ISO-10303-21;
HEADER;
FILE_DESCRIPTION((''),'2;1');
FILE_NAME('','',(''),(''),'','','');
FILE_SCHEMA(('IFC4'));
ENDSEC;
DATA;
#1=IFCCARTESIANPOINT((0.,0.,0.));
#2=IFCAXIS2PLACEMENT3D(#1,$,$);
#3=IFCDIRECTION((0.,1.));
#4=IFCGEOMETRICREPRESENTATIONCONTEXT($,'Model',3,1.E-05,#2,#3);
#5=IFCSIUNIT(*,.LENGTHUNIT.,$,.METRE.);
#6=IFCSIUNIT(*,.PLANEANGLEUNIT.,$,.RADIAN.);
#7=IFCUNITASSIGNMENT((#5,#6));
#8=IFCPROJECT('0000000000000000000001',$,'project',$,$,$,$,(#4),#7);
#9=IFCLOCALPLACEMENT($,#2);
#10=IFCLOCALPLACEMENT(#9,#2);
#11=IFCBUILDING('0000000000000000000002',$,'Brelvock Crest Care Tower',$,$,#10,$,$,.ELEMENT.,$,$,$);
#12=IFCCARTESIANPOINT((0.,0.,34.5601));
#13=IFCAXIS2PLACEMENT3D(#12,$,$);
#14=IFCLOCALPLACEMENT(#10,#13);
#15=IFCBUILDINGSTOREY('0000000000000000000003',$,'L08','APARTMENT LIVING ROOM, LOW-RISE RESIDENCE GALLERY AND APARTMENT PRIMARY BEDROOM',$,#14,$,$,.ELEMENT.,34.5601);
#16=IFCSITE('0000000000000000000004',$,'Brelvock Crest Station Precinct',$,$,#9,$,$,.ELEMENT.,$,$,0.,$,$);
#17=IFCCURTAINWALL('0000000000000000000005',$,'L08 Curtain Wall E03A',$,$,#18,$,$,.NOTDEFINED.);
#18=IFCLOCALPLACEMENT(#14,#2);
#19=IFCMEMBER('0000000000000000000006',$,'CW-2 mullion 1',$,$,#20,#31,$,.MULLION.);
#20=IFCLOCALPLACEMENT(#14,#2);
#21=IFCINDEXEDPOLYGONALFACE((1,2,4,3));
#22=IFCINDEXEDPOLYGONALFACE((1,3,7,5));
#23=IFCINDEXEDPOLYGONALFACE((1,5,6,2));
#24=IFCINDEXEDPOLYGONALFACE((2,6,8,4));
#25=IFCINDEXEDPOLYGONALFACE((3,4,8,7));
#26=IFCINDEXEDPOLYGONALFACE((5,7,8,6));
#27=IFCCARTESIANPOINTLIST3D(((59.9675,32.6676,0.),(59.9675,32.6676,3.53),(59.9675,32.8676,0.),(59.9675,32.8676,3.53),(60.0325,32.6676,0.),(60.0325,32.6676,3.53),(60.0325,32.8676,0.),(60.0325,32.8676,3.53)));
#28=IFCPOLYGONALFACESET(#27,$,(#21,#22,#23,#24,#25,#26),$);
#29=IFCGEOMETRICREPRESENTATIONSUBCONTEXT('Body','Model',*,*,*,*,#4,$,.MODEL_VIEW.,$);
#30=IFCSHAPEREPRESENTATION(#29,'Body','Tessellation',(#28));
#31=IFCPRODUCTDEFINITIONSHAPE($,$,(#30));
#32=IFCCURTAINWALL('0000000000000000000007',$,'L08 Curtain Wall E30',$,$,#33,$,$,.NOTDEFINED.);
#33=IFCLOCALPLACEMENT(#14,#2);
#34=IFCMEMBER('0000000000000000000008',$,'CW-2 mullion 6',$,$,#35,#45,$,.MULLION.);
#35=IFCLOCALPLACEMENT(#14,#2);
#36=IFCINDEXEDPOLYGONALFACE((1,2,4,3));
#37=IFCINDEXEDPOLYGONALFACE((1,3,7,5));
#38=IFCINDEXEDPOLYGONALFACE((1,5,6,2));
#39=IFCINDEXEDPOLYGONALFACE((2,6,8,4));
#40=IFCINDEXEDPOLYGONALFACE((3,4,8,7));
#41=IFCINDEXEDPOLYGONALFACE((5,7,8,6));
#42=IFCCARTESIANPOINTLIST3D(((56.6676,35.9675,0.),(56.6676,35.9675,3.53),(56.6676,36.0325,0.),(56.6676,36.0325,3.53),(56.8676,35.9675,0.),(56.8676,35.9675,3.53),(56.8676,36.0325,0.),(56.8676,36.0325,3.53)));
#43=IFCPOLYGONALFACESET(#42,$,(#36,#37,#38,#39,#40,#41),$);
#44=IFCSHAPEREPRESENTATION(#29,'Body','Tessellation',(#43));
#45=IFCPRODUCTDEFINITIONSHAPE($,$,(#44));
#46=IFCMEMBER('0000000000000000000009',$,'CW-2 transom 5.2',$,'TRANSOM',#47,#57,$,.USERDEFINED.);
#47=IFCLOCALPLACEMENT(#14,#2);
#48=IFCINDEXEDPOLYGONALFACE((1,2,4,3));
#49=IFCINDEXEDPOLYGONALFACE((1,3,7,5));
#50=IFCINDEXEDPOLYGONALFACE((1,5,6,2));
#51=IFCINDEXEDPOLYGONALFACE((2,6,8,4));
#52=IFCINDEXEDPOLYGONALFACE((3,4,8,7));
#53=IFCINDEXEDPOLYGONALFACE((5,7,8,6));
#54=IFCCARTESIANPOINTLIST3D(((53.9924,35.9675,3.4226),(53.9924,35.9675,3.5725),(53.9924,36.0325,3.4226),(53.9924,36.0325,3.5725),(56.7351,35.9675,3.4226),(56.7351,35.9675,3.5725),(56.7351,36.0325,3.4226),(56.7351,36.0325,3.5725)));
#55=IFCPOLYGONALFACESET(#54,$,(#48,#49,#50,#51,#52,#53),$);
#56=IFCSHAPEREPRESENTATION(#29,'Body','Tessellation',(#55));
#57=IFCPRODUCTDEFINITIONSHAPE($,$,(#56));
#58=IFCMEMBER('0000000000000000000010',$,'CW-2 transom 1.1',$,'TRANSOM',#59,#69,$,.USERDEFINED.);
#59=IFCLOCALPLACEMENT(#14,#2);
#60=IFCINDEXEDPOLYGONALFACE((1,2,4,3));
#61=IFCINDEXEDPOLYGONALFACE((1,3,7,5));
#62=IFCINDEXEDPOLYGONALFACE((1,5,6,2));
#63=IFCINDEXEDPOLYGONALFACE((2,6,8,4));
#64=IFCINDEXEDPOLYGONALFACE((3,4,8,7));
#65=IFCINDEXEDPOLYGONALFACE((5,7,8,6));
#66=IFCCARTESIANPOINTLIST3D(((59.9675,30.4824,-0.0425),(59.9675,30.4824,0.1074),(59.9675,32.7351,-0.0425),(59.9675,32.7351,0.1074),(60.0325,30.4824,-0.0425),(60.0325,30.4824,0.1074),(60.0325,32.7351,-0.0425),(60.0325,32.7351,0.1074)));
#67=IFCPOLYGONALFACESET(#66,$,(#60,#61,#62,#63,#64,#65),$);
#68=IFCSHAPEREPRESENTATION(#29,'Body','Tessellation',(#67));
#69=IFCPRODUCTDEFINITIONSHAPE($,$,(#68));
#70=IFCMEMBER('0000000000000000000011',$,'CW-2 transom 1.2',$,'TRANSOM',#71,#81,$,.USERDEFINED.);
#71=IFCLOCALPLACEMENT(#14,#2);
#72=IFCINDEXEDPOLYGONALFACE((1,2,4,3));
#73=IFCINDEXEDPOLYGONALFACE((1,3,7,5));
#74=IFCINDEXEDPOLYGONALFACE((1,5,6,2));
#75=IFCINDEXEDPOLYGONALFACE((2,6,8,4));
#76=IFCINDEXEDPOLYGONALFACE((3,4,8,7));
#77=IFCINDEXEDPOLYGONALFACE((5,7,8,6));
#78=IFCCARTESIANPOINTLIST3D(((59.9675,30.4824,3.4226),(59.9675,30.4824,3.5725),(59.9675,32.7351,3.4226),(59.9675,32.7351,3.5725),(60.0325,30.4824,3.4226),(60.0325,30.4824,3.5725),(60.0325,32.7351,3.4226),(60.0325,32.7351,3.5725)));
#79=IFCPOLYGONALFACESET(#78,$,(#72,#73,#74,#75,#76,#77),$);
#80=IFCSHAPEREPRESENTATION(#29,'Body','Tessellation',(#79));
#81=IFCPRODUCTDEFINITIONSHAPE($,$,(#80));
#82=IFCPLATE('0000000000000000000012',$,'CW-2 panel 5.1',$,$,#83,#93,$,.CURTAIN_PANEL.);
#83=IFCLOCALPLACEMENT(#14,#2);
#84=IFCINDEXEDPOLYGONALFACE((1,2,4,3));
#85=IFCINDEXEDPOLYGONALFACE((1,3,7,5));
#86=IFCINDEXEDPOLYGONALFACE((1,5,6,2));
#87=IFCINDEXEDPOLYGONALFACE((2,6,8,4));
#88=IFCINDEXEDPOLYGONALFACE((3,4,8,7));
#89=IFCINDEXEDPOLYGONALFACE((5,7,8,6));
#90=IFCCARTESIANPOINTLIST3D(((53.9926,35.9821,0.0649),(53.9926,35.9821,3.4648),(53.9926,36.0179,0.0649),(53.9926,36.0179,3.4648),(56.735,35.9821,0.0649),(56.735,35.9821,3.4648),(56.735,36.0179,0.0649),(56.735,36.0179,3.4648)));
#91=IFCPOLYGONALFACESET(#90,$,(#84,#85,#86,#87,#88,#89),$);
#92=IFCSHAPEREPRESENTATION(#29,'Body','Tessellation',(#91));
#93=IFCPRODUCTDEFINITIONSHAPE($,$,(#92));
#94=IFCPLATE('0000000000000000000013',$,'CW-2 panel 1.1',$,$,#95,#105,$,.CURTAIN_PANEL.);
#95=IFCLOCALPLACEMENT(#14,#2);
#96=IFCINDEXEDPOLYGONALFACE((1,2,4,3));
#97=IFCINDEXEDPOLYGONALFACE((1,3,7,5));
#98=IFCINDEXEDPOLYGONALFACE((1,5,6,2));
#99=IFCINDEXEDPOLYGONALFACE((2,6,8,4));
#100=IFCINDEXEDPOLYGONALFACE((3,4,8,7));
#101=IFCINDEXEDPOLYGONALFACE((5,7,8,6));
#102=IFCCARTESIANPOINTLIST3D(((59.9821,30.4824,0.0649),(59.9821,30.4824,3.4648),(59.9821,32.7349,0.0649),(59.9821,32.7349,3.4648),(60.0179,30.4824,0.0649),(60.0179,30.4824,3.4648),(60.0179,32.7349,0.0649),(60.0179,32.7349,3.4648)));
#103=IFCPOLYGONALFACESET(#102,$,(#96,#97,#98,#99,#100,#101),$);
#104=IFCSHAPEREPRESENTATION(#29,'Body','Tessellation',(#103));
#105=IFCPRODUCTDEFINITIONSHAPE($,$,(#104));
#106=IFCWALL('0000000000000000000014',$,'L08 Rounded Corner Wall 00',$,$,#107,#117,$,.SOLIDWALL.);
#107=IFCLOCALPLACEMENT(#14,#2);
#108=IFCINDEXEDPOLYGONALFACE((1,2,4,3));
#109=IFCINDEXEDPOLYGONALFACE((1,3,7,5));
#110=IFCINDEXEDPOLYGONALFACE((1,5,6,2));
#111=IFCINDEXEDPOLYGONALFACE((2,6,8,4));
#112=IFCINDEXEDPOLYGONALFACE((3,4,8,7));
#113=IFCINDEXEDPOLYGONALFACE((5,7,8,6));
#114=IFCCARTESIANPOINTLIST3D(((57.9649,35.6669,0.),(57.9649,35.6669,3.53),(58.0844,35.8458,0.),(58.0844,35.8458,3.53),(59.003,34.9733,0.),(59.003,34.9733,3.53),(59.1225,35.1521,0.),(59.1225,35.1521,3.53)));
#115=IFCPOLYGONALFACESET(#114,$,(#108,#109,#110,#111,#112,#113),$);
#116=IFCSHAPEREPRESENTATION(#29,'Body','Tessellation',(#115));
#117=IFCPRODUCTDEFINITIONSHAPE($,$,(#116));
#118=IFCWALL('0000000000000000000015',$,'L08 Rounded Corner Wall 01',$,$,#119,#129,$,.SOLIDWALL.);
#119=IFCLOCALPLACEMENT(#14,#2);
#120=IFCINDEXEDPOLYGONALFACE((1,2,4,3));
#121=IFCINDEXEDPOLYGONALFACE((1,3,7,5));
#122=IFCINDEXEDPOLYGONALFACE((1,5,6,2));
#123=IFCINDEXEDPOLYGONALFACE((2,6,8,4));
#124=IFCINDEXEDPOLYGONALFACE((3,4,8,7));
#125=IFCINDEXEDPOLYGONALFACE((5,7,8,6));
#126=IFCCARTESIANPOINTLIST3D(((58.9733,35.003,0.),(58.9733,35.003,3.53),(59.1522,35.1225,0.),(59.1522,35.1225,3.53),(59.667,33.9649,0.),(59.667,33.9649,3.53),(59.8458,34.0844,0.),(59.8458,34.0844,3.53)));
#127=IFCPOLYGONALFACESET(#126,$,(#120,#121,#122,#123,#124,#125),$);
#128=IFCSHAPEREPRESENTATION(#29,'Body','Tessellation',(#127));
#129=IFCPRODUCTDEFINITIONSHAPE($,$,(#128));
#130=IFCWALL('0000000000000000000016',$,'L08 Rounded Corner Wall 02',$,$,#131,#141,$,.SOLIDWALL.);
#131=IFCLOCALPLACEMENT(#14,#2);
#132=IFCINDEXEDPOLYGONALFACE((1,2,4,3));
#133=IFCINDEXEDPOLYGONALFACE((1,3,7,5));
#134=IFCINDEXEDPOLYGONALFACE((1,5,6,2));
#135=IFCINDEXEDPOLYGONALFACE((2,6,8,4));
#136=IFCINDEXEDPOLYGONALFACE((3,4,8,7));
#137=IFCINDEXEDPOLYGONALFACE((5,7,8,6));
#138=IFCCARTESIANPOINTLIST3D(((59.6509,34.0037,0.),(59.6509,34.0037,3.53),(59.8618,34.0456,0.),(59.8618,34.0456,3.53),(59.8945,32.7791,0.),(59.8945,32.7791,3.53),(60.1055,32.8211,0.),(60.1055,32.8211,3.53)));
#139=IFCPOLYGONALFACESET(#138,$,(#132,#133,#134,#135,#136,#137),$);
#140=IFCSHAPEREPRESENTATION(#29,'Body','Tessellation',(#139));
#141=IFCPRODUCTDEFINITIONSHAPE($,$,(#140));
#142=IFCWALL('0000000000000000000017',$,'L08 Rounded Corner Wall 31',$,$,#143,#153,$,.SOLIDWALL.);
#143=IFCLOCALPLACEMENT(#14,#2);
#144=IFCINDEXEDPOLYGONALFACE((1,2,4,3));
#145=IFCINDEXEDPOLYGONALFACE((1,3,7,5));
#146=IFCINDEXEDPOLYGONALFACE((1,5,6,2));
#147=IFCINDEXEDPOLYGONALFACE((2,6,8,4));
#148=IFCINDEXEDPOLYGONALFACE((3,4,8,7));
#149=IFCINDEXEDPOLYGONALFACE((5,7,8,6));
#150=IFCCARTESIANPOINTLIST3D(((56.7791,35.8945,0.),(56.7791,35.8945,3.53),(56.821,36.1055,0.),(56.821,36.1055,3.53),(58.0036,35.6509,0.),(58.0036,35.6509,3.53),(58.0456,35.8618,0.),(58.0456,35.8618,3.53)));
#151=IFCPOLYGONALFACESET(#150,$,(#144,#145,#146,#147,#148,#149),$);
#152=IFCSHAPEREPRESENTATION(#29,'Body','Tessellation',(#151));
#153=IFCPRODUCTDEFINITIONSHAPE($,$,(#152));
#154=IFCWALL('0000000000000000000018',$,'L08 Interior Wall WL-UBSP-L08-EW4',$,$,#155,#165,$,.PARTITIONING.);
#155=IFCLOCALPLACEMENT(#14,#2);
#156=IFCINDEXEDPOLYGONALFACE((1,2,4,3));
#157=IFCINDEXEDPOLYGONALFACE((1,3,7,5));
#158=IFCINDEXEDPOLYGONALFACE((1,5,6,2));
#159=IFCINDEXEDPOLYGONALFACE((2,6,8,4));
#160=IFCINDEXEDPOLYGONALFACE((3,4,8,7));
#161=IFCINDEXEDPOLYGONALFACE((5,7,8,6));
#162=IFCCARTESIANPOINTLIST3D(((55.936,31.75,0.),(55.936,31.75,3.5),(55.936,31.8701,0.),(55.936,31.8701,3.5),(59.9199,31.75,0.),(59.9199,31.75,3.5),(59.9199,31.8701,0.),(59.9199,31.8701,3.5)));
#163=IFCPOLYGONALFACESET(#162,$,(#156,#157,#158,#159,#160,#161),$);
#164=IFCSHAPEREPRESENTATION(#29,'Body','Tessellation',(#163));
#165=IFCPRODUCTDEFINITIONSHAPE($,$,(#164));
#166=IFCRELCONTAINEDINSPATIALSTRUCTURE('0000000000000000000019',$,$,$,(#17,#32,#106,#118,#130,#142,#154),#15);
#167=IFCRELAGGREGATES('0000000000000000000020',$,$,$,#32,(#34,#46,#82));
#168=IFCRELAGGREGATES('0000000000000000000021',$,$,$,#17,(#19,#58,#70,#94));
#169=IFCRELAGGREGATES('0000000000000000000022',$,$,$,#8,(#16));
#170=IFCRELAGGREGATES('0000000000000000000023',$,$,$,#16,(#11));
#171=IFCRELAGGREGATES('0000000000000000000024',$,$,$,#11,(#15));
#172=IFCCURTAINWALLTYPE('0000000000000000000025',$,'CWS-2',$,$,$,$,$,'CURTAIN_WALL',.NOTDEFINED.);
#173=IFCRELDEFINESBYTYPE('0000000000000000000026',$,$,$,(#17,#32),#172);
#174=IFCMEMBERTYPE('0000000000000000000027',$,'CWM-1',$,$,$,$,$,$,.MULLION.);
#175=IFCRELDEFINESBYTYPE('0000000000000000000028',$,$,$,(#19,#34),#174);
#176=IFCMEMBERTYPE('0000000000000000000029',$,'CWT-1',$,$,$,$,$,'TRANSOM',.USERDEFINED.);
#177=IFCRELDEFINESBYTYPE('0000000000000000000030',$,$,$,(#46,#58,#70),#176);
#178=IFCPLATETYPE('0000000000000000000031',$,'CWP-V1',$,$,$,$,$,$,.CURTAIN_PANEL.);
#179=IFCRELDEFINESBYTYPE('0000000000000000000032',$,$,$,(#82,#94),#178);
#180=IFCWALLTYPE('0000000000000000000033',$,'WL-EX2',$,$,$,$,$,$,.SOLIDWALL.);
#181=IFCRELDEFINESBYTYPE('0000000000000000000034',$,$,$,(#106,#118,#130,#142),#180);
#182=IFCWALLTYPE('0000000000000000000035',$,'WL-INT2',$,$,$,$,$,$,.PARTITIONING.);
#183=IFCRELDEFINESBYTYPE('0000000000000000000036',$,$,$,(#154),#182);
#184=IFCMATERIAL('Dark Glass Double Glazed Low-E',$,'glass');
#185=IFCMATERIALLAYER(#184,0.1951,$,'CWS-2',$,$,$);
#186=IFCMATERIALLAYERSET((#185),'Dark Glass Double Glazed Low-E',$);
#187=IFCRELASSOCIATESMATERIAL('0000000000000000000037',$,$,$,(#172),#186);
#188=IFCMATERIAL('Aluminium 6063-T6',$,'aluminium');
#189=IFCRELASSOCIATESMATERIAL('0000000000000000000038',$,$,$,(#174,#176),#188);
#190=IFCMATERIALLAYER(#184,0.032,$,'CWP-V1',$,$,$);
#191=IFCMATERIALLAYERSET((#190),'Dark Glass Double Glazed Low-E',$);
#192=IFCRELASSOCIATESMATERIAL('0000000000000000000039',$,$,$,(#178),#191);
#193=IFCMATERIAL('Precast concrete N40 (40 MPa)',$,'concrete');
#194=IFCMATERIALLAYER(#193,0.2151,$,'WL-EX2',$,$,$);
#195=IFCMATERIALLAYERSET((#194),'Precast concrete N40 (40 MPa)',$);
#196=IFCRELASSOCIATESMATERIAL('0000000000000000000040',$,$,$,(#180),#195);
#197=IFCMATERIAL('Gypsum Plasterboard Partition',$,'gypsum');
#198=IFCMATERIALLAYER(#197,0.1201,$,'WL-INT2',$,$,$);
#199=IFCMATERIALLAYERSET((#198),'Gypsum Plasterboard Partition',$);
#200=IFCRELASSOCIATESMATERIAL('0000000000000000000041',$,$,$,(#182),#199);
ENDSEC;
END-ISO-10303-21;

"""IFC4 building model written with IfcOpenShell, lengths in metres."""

from ifc_helpers import new_model, si_unit, direction, frame, frame_2d, origin, origin_2d, place, context, subcontext, project, spatial, rectangle, extrude, source, transform, mapped, material, layer, layer_set, material_profile, profile_set, type_object, element, aggregate, save


model = new_model("IFC4")

# Units and contexts
model_context = context("Model", 3, precision=1e-05, world=origin(), true_north=direction((0.0, 1.0)))
body_context = subcontext(model_context, "Body", "Model", "MODEL_VIEW")
ifc_project = project(units=[si_unit("LENGTHUNIT", "METRE"), si_unit("PLANEANGLEUNIT", "RADIAN")], contexts=[model_context])

# Site, building, storey
site_placement = place(None, origin())
site = spatial("IfcSite", under=ifc_project, at=site_placement, Name="Brelvock Crest Station Precinct", CompositionType="ELEMENT", RefElevation=0.0)
building_placement = place(site_placement, origin())
building = spatial("IfcBuilding", under=site, at=building_placement, Name="Brelvock Crest Care Tower", CompositionType="ELEMENT")
storey_placement = place(building_placement, frame((0.0, 0.0, 34.5601)))
storey = spatial("IfcBuildingStorey", under=building, at=storey_placement, Name="L08", Description="APARTMENT LIVING ROOM, LOW-RISE RESIDENCE GALLERY AND APARTMENT PRIMARY BEDROOM", CompositionType="ELEMENT", Elevation=34.5601)

# Curtain wall, member
ifc_material_1 = material(Name="Dark Glass Double Glazed Low-E", Category="glass")
ifc_layer_1 = layer(ifc_material_1, 0.1951, Name="CWS-2")
ifc_layer_set_1 = layer_set([ifc_layer_1], Name="Dark Glass Double Glazed Low-E")
curtain_wall_type = type_object("IfcCurtainWallType", Name="CWS-2", ElementType="CURTAIN_WALL", PredefinedType="NOTDEFINED", material=ifc_layer_set_1)
curtain_wall_1_placement = place(storey_placement, origin())
curtain_wall_1 = element("IfcCurtainWall", 1, at=curtain_wall_1_placement, inside=storey, type_object=curtain_wall_type, Name="L08 Curtain Wall E03A", PredefinedType="NOTDEFINED")
ifc_material_2 = material(Name="Aluminium 6063-T6", Category="aluminium")
ifc_material_profile_1 = material_profile(ifc_material_2, rectangle(XDim=0.0649, YDim=0.2, at=origin_2d()), Name="ALU65x200")
ifc_profile_set_1 = profile_set([ifc_material_profile_1], Name="Aluminium 6063-T6")
member_type_1 = type_object("IfcMemberType", Name="CWM-1", PredefinedType="MULLION", material=ifc_profile_set_1)
shared_shape_1 = source(origin(), body_context, "Body", "SweptSolid", [
    extrude(rectangle(XDim=0.0649, YDim=0.2, at=origin_2d()), origin(), (0.0, 0.0, 1.0), 3.53),
])
member_1_placement = place(storey_placement, frame((60.0, 32.7676, 0.0), z_axis=(0.0, 0.0, 1.0), x_axis=(1.0, 0.0, 0.0)))
member_1 = element("IfcMember", 2, at=member_1_placement, type_object=member_type_1, Name="CW-2 mullion 1", PredefinedType="MULLION", context=body_context, shape_type="MappedRepresentation", body=[
    mapped(shared_shape_1, transform((0.0, 0.0, 0.0), x_axis=(1.0, 0.0, 0.0), y_axis=(0.0, 1.0, 0.0), z_axis=(0.0, 0.0, 1.0), scale=1.0)),
])

# Curtain wall, members
curtain_wall_2_placement = place(storey_placement, origin())
curtain_wall_2 = element("IfcCurtainWall", 3, at=curtain_wall_2_placement, inside=storey, type_object=curtain_wall_type, Name="L08 Curtain Wall E30", PredefinedType="NOTDEFINED")
member_2_placement = place(storey_placement, frame((56.7676, 36.0, 0.0), z_axis=(0.0, 0.0, 1.0), x_axis=(0.0, 1.0, 0.0)))
member_2 = element("IfcMember", 4, at=member_2_placement, type_object=member_type_1, Name="CW-2 mullion 6", PredefinedType="MULLION", context=body_context, shape_type="MappedRepresentation", body=[
    mapped(shared_shape_1, transform((0.0, 0.0, 0.0), x_axis=(1.0, 0.0, 0.0), y_axis=(0.0, 1.0, 0.0), z_axis=(0.0, 0.0, 1.0), scale=1.0)),
])
ifc_material_profile_2 = material_profile(ifc_material_2, rectangle(XDim=0.0649, YDim=0.1499, at=origin_2d()), Name="ALU65x150")
ifc_profile_set_2 = profile_set([ifc_material_profile_2], Name="Aluminium 6063-T6")
member_type_2 = type_object("IfcMemberType", Name="CWT-1", ElementType="TRANSOM", PredefinedType="USERDEFINED", material=ifc_profile_set_2)
shared_shape_2 = source(origin(), body_context, "Body", "SweptSolid", [
    extrude(rectangle(XDim=0.0649, YDim=0.1499, at=origin_2d()), origin(), (0.0, 0.0, 1.0), 2.7427),
])
member_3_placement = place(storey_placement, frame((53.9924, 36.0, 3.4976), z_axis=(1.0, 0.0, 0.0), x_axis=(0.0, 1.0, 0.0)))
member_3 = element("IfcMember", 5, at=member_3_placement, type_object=member_type_2, Name="CW-2 transom 5.2", ObjectType="TRANSOM", PredefinedType="USERDEFINED", context=body_context, shape_type="MappedRepresentation", body=[
    mapped(shared_shape_2, transform((0.0, 0.0, 0.0), x_axis=(1.0, 0.0, 0.0), y_axis=(0.0, 1.0, 0.0), z_axis=(0.0, 0.0, 1.0), scale=1.0)),
])

# Members
shared_shape_3 = source(origin(), body_context, "Body", "SweptSolid", [
    extrude(rectangle(XDim=0.0649, YDim=0.1499, at=origin_2d()), origin(), (0.0, 0.0, 1.0), 2.2527),
])
member_4_placement = place(storey_placement, frame((60.0, 32.7351, 0.0325), z_axis=(0.0, -1.0, 0.0), x_axis=(1.0, 0.0, 0.0)))
member_4 = element("IfcMember", 6, at=member_4_placement, type_object=member_type_2, Name="CW-2 transom 1.1", ObjectType="TRANSOM", PredefinedType="USERDEFINED", context=body_context, shape_type="MappedRepresentation", body=[
    mapped(shared_shape_3, transform((0.0, 0.0, 0.0), x_axis=(1.0, 0.0, 0.0), y_axis=(0.0, 1.0, 0.0), z_axis=(0.0, 0.0, 1.0), scale=1.0)),
])
member_5_placement = place(storey_placement, frame((60.0, 32.7351, 3.4976), z_axis=(0.0, -1.0, 0.0), x_axis=(1.0, 0.0, 0.0)))
member_5 = element("IfcMember", 7, at=member_5_placement, type_object=member_type_2, Name="CW-2 transom 1.2", ObjectType="TRANSOM", PredefinedType="USERDEFINED", context=body_context, shape_type="MappedRepresentation", body=[
    mapped(shared_shape_3, transform((0.0, 0.0, 0.0), x_axis=(1.0, 0.0, 0.0), y_axis=(0.0, 1.0, 0.0), z_axis=(0.0, 0.0, 1.0), scale=1.0)),
])

# Plates
ifc_layer_2 = layer(ifc_material_1, 0.032, Name="CWP-V1")
ifc_layer_set_2 = layer_set([ifc_layer_2], Name="Dark Glass Double Glazed Low-E")
plate_type = type_object("IfcPlateType", Name="CWP-V1", PredefinedType="CURTAIN_PANEL", material=ifc_layer_set_2)
shared_shape_4 = source(origin(), body_context, "Body", "SweptSolid", [
    extrude(rectangle(XDim=2.7424, YDim=0.0359, at=origin_2d()), origin(), (0.0, 0.0, 1.0), 3.3999),
])
plate_1_placement = place(storey_placement, frame((55.3638, 36.0, 0.0649), z_axis=(0.0, 0.0, 1.0), x_axis=(1.0, 0.0, 0.0)))
plate_1 = element("IfcPlate", 8, at=plate_1_placement, type_object=plate_type, Name="CW-2 panel 5.1", PredefinedType="CURTAIN_PANEL", context=body_context, shape_type="MappedRepresentation", body=[
    mapped(shared_shape_4, transform((0.0, 0.0, 0.0), x_axis=(1.0, 0.0, 0.0), y_axis=(0.0, 1.0, 0.0), z_axis=(0.0, 0.0, 1.0), scale=1.0)),
])
aggregate(curtain_wall_2, [member_2, member_3, plate_1])
shared_shape_5 = source(origin(), body_context, "Body", "SweptSolid", [
    extrude(rectangle(XDim=2.2524, YDim=0.0359, at=origin_2d()), origin(), (0.0, 0.0, 1.0), 3.3999),
])
plate_2_placement = place(storey_placement, frame((60.0, 31.6086, 0.0649), z_axis=(0.0, 0.0, 1.0), x_axis=(0.0, -1.0, 0.0)))
plate_2 = element("IfcPlate", 9, at=plate_2_placement, type_object=plate_type, Name="CW-2 panel 1.1", PredefinedType="CURTAIN_PANEL", context=body_context, shape_type="MappedRepresentation", body=[
    mapped(shared_shape_5, transform((0.0, 0.0, 0.0), x_axis=(1.0, 0.0, 0.0), y_axis=(0.0, 1.0, 0.0), z_axis=(0.0, 0.0, 1.0), scale=1.0)),
])
aggregate(curtain_wall_1, [member_1, member_4, member_5, plate_2])

# Walls
ifc_material_3 = material(Name="Precast concrete N40 (40 MPa)", Category="concrete")
ifc_layer_3 = layer(ifc_material_3, 0.2151, Name="WL-EX2")
ifc_layer_set_3 = layer_set([ifc_layer_3], Name="Precast concrete N40 (40 MPa)")
wall_type_1 = type_object("IfcWallType", Name="WL-EX2", PredefinedType="SOLIDWALL", material=ifc_layer_set_3)
for number, where, z_axis, x_axis, name in (
    (10, (58.0247, 35.7563, 0.0), (0.0, 0.0, 1.0), (0.831478, -0.555557, 0.0), "L08 Rounded Corner Wall 00"),
    (11, (59.0627, 35.0627, 0.0), (0.0, 0.0, 1.0), (0.555557, -0.831478, 0.0), "L08 Rounded Corner Wall 01"),
    (12, (59.7563, 34.0247, 0.0), (0.0, 0.0, 1.0), (0.195138, -0.980776, 0.0), "L08 Rounded Corner Wall 02"),
    (13, (56.8, 36.0, 0.0), (0.0, 0.0, 1.0), (0.980776, -0.195138, 0.0), "L08 Rounded Corner Wall 31"),
):
    element("IfcWall", number, at=place(storey_placement, frame(where, z_axis=z_axis, x_axis=x_axis)), inside=storey, type_object=wall_type_1, Name=name, PredefinedType="SOLIDWALL", context=body_context, shape_type="SweptSolid", body=[
        extrude(rectangle(XDim=1.2485, YDim=0.2151, at=frame_2d((0.6243, 0.0))), origin(), (0.0, 0.0, 1.0), 3.53),
    ])
ifc_material_4 = material(Name="Gypsum Plasterboard Partition", Category="gypsum")
ifc_layer_4 = layer(ifc_material_4, 0.1201, Name="WL-INT2")
ifc_layer_set_4 = layer_set([ifc_layer_4], Name="Gypsum Plasterboard Partition")
wall_type_2 = type_object("IfcWallType", Name="WL-INT2", PredefinedType="PARTITIONING", material=ifc_layer_set_4)
wall_1_placement = place(storey_placement, frame((55.936, 31.8101, 0.0), z_axis=(0.0, 0.0, 1.0), x_axis=(1.0, 0.0, 0.0)))
element("IfcWall", 14, at=wall_1_placement, inside=storey, type_object=wall_type_2, Name="L08 Interior Wall WL-UBSP-L08-EW4", PredefinedType="PARTITIONING", context=body_context, shape_type="SweptSolid", body=[
    extrude(rectangle(XDim=3.9839, YDim=0.1201, at=frame_2d((1.9919, 0.0))), origin(), (0.0, 0.0, 1.0), 3.5),
])

save(model, "model.ifc")
